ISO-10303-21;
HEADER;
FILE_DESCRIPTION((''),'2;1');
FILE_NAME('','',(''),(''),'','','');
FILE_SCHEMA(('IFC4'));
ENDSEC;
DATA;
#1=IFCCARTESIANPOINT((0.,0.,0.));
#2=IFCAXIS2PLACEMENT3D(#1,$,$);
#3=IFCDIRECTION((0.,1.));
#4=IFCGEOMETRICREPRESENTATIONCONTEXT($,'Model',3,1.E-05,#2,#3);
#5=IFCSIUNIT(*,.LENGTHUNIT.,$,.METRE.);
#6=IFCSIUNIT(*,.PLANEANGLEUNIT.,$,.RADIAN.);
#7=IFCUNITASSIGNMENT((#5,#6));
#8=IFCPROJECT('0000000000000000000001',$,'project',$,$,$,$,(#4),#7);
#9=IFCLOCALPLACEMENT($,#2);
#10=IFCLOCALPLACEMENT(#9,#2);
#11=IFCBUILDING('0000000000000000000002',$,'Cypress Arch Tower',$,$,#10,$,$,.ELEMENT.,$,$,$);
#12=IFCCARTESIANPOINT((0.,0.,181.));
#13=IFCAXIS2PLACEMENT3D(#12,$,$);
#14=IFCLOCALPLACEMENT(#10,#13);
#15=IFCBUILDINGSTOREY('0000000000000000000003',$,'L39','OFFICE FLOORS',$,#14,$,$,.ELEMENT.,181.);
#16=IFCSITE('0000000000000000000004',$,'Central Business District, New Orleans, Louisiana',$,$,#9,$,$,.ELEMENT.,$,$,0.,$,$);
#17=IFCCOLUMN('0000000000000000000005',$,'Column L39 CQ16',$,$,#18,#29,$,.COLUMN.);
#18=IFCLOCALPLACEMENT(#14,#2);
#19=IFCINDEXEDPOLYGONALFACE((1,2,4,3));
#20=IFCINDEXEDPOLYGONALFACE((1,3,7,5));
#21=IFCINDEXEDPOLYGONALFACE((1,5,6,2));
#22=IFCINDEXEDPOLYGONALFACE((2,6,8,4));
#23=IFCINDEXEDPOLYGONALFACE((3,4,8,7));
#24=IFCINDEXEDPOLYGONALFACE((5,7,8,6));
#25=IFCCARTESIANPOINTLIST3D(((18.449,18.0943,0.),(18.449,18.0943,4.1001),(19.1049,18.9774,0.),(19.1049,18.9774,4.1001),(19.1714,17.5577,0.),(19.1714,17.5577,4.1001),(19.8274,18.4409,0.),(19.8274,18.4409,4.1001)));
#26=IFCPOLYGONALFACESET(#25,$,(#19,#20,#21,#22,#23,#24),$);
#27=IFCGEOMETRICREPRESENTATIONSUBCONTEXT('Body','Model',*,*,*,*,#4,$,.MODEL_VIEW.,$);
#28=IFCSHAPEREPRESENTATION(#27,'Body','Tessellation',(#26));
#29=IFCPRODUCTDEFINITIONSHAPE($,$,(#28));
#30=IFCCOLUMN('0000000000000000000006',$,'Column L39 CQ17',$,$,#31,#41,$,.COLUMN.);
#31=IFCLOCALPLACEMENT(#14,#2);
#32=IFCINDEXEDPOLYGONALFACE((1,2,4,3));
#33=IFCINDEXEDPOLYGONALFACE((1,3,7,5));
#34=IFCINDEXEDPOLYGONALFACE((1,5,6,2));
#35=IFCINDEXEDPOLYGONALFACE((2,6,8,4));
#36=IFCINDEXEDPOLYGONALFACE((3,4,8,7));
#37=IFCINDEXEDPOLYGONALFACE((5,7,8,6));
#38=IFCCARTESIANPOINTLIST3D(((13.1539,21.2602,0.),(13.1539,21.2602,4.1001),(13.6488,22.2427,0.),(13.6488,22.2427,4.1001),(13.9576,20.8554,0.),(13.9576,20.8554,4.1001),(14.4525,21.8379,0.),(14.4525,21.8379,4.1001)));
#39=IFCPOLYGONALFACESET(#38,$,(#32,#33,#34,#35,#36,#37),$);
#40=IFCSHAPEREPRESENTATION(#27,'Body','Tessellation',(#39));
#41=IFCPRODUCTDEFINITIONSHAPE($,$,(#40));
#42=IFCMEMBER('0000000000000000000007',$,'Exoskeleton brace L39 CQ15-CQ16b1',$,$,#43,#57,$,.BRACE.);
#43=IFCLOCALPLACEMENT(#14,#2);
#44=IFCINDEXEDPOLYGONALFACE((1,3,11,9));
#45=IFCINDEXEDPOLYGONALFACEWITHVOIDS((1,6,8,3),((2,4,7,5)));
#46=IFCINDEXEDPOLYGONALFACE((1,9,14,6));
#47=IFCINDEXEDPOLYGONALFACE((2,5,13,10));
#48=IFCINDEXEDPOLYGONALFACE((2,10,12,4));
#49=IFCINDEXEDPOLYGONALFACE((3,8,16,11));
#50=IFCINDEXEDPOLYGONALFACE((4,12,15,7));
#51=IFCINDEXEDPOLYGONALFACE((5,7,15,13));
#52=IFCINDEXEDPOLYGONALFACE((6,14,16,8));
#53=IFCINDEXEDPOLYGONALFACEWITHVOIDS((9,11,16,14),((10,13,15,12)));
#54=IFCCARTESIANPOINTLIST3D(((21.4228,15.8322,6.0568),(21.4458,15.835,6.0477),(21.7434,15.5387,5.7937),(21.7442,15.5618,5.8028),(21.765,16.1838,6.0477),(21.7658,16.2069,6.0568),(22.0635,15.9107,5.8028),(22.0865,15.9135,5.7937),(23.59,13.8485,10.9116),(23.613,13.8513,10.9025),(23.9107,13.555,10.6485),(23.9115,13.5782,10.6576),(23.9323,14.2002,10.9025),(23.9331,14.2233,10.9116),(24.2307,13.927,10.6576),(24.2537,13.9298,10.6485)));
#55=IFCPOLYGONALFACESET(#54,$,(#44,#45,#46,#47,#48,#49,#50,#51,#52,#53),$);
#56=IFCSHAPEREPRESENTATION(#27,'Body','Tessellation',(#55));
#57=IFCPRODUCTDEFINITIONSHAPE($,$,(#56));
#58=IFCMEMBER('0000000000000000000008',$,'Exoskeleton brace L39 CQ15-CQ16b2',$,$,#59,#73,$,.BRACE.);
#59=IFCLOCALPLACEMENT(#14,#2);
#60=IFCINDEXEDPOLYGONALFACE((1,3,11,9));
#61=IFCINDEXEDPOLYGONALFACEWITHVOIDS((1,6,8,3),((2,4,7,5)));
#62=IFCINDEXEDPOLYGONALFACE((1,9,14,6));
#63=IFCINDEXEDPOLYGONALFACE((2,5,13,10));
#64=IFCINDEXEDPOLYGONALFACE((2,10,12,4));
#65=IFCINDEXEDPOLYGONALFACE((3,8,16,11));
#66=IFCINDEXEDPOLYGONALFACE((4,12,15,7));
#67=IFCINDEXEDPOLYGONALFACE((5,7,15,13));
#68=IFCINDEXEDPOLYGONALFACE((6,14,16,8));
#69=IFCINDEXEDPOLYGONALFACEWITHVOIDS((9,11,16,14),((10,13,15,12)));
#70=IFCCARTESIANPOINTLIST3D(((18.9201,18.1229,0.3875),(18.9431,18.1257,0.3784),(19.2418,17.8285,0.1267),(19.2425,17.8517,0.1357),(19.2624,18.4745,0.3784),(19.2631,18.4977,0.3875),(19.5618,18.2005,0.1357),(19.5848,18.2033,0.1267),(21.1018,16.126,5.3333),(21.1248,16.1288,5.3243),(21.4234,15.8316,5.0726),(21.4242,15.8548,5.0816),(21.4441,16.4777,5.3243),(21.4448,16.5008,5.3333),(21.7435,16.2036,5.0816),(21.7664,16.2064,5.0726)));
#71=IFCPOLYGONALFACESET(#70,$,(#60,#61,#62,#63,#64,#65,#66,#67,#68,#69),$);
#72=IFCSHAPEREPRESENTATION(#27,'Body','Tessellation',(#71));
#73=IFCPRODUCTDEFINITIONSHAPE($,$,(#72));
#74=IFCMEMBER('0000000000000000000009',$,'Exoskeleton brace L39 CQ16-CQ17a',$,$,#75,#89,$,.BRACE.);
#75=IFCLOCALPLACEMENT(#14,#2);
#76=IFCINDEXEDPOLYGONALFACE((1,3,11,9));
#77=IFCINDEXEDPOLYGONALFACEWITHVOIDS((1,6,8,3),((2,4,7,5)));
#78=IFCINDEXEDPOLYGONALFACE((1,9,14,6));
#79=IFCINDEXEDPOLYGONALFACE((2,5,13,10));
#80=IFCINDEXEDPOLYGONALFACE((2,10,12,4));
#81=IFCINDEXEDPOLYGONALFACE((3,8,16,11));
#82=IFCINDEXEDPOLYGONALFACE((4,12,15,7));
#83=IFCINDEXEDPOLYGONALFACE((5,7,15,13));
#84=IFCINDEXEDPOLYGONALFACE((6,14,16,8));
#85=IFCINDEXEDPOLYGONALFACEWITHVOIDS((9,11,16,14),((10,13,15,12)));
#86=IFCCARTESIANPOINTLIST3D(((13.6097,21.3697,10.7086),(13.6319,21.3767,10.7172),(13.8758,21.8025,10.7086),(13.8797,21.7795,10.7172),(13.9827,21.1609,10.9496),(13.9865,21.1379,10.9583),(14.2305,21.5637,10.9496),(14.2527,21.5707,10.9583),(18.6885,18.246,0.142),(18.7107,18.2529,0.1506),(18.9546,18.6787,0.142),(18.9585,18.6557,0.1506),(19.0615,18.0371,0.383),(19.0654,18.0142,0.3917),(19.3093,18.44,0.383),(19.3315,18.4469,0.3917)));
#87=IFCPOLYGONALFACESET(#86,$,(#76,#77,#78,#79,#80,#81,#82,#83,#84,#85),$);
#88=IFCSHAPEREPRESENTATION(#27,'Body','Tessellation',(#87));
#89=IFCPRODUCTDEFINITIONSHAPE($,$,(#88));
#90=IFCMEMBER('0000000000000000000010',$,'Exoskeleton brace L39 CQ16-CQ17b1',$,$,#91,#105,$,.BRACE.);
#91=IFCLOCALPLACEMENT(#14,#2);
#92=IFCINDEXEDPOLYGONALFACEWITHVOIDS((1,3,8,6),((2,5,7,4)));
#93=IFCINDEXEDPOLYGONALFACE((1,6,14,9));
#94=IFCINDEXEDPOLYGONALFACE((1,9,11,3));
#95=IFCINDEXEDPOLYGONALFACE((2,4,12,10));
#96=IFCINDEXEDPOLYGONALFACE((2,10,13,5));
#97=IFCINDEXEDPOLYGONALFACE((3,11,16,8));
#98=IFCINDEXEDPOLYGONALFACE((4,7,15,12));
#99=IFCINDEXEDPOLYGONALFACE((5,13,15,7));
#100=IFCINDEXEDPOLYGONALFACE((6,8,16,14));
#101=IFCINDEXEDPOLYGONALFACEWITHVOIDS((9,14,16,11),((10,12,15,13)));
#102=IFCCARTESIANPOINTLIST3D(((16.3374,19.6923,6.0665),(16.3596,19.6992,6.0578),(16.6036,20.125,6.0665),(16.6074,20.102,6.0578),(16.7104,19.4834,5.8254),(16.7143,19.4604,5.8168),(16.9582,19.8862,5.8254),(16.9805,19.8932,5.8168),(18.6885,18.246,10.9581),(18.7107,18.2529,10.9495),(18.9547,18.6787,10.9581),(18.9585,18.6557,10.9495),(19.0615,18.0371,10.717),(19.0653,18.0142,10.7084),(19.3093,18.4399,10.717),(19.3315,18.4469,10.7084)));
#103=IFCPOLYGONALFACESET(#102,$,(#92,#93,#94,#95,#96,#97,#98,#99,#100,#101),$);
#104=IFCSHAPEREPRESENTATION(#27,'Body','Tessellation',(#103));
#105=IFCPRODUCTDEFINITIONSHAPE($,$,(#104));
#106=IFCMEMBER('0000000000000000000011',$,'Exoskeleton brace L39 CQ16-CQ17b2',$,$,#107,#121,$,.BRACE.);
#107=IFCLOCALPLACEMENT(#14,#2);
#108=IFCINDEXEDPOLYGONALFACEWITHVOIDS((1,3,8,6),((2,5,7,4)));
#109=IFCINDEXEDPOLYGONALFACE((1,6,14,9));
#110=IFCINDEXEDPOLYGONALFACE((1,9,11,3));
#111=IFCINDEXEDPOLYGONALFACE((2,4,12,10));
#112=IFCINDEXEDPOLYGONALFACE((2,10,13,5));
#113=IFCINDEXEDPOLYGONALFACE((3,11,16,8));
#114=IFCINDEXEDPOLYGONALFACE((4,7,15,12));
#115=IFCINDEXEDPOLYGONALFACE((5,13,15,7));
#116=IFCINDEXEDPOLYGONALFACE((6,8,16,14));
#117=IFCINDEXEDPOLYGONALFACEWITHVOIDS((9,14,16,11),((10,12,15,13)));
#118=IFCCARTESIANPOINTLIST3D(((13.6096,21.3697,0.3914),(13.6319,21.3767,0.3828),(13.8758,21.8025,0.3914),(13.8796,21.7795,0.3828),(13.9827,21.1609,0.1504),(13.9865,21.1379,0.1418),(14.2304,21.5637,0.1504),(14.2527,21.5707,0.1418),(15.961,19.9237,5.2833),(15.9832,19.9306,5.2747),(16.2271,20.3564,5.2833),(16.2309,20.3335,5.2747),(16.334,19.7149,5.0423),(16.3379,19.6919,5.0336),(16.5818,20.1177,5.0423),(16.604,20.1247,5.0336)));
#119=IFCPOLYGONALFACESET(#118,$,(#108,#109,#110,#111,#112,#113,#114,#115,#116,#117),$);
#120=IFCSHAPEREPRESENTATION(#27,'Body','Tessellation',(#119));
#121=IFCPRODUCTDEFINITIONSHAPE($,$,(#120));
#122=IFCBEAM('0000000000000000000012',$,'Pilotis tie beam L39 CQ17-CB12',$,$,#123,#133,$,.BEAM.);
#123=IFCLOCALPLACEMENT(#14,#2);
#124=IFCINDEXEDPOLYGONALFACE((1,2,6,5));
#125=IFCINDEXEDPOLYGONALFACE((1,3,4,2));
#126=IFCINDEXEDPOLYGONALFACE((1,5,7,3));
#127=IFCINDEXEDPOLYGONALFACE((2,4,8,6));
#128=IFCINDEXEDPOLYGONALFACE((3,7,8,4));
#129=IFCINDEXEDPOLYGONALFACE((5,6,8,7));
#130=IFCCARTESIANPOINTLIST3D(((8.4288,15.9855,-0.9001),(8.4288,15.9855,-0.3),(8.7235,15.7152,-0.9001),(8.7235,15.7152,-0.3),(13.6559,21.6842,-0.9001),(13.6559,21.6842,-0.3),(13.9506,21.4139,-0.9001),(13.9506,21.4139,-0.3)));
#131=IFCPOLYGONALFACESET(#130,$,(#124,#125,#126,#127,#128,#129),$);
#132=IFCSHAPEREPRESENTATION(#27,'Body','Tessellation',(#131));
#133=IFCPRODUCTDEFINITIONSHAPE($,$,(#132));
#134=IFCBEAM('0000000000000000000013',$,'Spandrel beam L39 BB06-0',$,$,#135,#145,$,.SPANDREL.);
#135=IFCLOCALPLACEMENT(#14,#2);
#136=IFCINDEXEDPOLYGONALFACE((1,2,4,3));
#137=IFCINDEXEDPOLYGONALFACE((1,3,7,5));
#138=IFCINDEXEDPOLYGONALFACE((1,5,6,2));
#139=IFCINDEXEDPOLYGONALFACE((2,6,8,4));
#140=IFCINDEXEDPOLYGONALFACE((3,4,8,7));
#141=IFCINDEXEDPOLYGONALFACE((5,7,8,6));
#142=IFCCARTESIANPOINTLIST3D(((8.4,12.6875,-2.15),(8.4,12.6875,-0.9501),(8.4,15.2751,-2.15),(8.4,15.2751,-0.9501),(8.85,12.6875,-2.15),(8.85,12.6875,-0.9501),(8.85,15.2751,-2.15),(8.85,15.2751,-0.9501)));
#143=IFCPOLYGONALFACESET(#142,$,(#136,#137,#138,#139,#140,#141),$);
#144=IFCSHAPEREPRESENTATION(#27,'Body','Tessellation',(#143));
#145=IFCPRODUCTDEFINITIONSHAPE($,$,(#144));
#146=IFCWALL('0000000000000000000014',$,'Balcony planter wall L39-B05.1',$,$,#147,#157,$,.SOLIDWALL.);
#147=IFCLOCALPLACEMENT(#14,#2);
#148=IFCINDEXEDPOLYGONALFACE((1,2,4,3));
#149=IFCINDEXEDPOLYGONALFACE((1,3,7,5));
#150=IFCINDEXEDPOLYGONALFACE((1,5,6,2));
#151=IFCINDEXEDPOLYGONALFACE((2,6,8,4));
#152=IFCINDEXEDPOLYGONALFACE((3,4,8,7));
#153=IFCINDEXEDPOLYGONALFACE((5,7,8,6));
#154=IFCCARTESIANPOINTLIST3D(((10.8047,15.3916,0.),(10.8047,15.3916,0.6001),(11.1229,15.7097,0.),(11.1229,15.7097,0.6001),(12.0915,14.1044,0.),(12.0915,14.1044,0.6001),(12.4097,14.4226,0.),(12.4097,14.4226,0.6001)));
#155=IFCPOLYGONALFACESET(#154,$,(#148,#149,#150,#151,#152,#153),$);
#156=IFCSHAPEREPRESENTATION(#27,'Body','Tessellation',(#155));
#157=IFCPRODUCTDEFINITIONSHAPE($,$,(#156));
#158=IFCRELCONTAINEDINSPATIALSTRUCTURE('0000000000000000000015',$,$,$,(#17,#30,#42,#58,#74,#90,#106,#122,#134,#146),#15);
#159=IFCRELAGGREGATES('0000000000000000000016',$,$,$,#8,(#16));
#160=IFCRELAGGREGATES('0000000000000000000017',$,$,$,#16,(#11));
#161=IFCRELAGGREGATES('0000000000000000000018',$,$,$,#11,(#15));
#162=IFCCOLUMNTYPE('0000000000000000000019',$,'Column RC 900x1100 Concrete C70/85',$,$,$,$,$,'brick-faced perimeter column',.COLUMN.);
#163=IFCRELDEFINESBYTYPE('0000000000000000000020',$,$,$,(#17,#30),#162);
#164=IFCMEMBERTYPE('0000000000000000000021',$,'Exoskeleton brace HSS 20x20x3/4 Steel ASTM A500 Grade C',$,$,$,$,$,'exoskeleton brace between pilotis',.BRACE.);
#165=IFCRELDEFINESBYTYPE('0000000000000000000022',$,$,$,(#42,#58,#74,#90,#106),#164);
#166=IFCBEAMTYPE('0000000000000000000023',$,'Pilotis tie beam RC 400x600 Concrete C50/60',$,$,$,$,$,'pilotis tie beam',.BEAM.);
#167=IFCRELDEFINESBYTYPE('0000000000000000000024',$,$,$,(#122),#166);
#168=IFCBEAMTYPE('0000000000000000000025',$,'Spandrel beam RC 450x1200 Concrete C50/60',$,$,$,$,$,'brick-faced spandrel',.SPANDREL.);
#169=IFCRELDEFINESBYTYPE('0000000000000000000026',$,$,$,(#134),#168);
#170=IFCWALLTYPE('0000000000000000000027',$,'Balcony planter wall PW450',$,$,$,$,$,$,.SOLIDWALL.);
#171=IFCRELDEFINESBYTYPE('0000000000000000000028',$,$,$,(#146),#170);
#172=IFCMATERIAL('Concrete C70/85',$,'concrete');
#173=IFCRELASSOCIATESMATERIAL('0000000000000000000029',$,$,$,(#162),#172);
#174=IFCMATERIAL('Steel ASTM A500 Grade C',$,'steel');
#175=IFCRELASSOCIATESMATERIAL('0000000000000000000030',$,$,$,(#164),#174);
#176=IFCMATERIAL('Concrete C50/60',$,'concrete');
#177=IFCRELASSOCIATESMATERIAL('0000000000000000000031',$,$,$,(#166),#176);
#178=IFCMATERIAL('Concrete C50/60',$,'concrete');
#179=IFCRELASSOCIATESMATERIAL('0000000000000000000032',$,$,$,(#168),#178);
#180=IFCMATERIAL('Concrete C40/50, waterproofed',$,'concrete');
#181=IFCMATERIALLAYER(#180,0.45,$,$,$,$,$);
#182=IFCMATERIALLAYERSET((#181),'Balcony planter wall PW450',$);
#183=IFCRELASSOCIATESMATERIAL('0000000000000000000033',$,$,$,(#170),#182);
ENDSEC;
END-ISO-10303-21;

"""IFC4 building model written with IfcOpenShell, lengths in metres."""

from ifc_helpers import new_model, si_unit, direction, frame, frame_2d, origin, origin_2d, place, context, subcontext, project, spatial, rectangle, hollow_rectangle, extrude, material, layer, layer_set, material_profile, profile_set, type_object, element, save


model = new_model("IFC4")

# Units and contexts
model_context = context("Model", 3, precision=1e-05, world=origin(), true_north=direction((0.0, 1.0)))
body_context = subcontext(model_context, "Body", "Model", "MODEL_VIEW")
ifc_project = project(units=[si_unit("LENGTHUNIT", "METRE"), si_unit("PLANEANGLEUNIT", "RADIAN")], contexts=[model_context])

# Site, building, storey
site_placement = place(None, origin())
site = spatial("IfcSite", under=ifc_project, at=site_placement, Name="Central Business District, New Orleans, Louisiana", CompositionType="ELEMENT", RefElevation=0.0)
building_placement = place(site_placement, origin())
building = spatial("IfcBuilding", under=site, at=building_placement, Name="Cypress Arch Tower", CompositionType="ELEMENT")
storey_placement = place(building_placement, frame((0.0, 0.0, 181.0)))
storey = spatial("IfcBuildingStorey", under=building, at=storey_placement, Name="L39", Description="OFFICE FLOORS", CompositionType="ELEMENT", Elevation=181.0)

# Columns
ifc_material_1 = material(Name="Concrete C70/85", Category="concrete")
ifc_material_profile_1 = material_profile(ifc_material_1, rectangle(XDim=0.8999, YDim=1.1001, at=origin_2d()), Name="RC 900x1100")
ifc_profile_set_1 = profile_set([ifc_material_profile_1], Name="Concrete C70/85")
column_type = type_object("IfcColumnType", Name="Column RC 900x1100 Concrete C70/85", ElementType="brick-faced perimeter column", PredefinedType="COLUMN", material=ifc_profile_set_1)
for number, where, z_axis, x_axis, name in (
    (1, (19.1382, 18.2676, 0.0), (0.0, 0.0, 1.0), (-0.802799, 0.59625, 0.0), "Column L39 CQ16"),
    (2, (13.8032, 21.5491, 0.0), (0.0, 0.0, 1.0), (-0.893106, 0.449845, 0.0), "Column L39 CQ17"),
):
    element("IfcColumn", number, at=place(storey_placement, frame(where, z_axis=z_axis, x_axis=x_axis)), inside=storey, type_object=column_type, Name=name, PredefinedType="COLUMN", context=body_context, shape_type="SweptSolid", body=[
        extrude(rectangle(XDim=0.8999, YDim=1.1001, at=origin_2d()), origin(), (0.0, 0.0, 1.0), 4.1001),
    ])

# Members
ifc_material_2 = material(Name="Steel ASTM A500 Grade C", Category="steel")
ifc_material_profile_2 = material_profile(ifc_material_2, hollow_rectangle(XDim=0.5081, YDim=0.5081, WallThickness=0.0176, at=origin_2d()), Name="HSS 20x20x3/4")
ifc_profile_set_2 = profile_set([ifc_material_profile_2], Name="Steel ASTM A500 Grade C")
member_type = type_object("IfcMemberType", Name="Exoskeleton brace HSS 20x20x3/4 Steel ASTM A500 Grade C", ElementType="exoskeleton brace between pilotis", PredefinedType="BRACE", material=ifc_profile_set_2)
member_1_placement = place(storey_placement, frame((23.9219, 13.8892, 10.78), z_axis=(-0.381924, 0.34957, -0.855532), x_axis=(-0.675171, -0.737661, 0.0)))
element("IfcMember", 3, at=member_1_placement, inside=storey, type_object=member_type, Name="Exoskeleton brace L39 CQ15-CQ16b1", PredefinedType="BRACE", context=body_context, shape_type="SweptSolid", body=[
    extrude(hollow_rectangle(XDim=0.5081, YDim=0.5081, WallThickness=0.0176, at=origin_2d()), origin(), (0.0, 0.0, 1.0), 5.6746),
])
member_2_placement = place(storey_placement, frame((19.2524, 18.1631, 0.2571), z_axis=(0.378585, -0.346513, 0.858255), x_axis=(0.675171, 0.737661, 0.0)))
element("IfcMember", 4, at=member_2_placement, inside=storey, type_object=member_type, Name="Exoskeleton brace L39 CQ15-CQ16b2", PredefinedType="BRACE", context=body_context, shape_type="SweptSolid", body=[
    extrude(hollow_rectangle(XDim=0.5081, YDim=0.5081, WallThickness=0.0176, at=origin_2d()), origin(), (0.0, 0.0, 1.0), 5.7627),
])
member_3_placement = place(storey_placement, frame((19.01, 18.3464, 0.2668), z_axis=(-0.418603, 0.257464, 0.87091), x_axis=(-0.523894, -0.851783, 0.0)))
element("IfcMember", 5, at=member_3_placement, inside=storey, type_object=member_type, Name="Exoskeleton brace L39 CQ16-CQ17a", PredefinedType="BRACE", context=body_context, shape_type="SweptSolid", body=[
    extrude(hollow_rectangle(XDim=0.5081, YDim=0.5081, WallThickness=0.0176, at=origin_2d()), origin(), (0.0, 0.0, 1.0), 12.1328),
])
member_4_placement = place(storey_placement, frame((19.01, 18.3464, 10.8333), z_axis=(-0.418588, 0.257499, -0.870907), x_axis=(-0.523959, -0.851743, 0.0)))
element("IfcMember", 6, at=member_4_placement, inside=storey, type_object=member_type, Name="Exoskeleton brace L39 CQ16-CQ17b1", PredefinedType="BRACE", context=body_context, shape_type="SweptSolid", body=[
    extrude(hollow_rectangle(XDim=0.5081, YDim=0.5081, WallThickness=0.0176, at=origin_2d()), origin(), (0.0, 0.0, 1.0), 5.6167),
])
member_5_placement = place(storey_placement, frame((13.9312, 21.4702, 0.2666), z_axis=(0.418613, -0.257444, 0.870911), x_axis=(0.523856, 0.851807, 0.0)))
element("IfcMember", 7, at=member_5_placement, inside=storey, type_object=member_type, Name="Exoskeleton brace L39 CQ16-CQ17b2", PredefinedType="BRACE", context=body_context, shape_type="SweptSolid", body=[
    extrude(hollow_rectangle(XDim=0.5081, YDim=0.5081, WallThickness=0.0176, at=origin_2d()), origin(), (0.0, 0.0, 1.0), 5.6169),
])

# Beams
ifc_material_3 = material(Name="Concrete C50/60", Category="concrete")
ifc_material_profile_3 = material_profile(ifc_material_3, rectangle(XDim=0.3999, YDim=0.6001, at=origin_2d()), Name="RC 400x600")
ifc_profile_set_3 = profile_set([ifc_material_profile_3], Name="Concrete C50/60")
beam_type_1 = type_object("IfcBeamType", Name="Pilotis tie beam RC 400x600 Concrete C50/60", ElementType="pilotis tie beam", PredefinedType="BEAM", material=ifc_profile_set_3)
beam_1_placement = place(storey_placement, frame((13.8032, 21.5491, -0.6001), z_axis=(-0.67595, -0.736947, 0.0), x_axis=(0.736947, -0.67595, 0.0)))
element("IfcBeam", 8, at=beam_1_placement, inside=storey, type_object=beam_type_1, Name="Pilotis tie beam L39 CQ17-CB12", PredefinedType="BEAM", context=body_context, shape_type="SweptSolid", body=[
    extrude(rectangle(XDim=0.3999, YDim=0.6001, at=origin_2d()), origin(), (0.0, 0.0, 1.0), 7.7329),
])
ifc_material_4 = material(Name="Concrete C50/60", Category="concrete")
ifc_material_profile_4 = material_profile(ifc_material_4, rectangle(XDim=0.45, YDim=1.2, at=origin_2d()), Name="RC 450x1200")
ifc_profile_set_4 = profile_set([ifc_material_profile_4], Name="Concrete C50/60")
beam_type_2 = type_object("IfcBeamType", Name="Spandrel beam RC 450x1200 Concrete C50/60", ElementType="brick-faced spandrel", PredefinedType="SPANDREL", material=ifc_profile_set_4)
beam_2_placement = place(storey_placement, frame((8.625, 15.2751, -1.55), z_axis=(0.0, -1.0, 0.0), x_axis=(1.0, 0.0, 0.0)))
element("IfcBeam", 9, at=beam_2_placement, inside=storey, type_object=beam_type_2, Name="Spandrel beam L39 BB06-0", PredefinedType="SPANDREL", context=body_context, shape_type="SweptSolid", body=[
    extrude(rectangle(XDim=0.45, YDim=1.2, at=origin_2d()), origin(), (0.0, 0.0, 1.0), 2.5876),
])

# Wall
ifc_material_5 = material(Name="Concrete C40/50, waterproofed", Category="concrete")
ifc_layer = layer(ifc_material_5, 0.45)
ifc_layer_set = layer_set([ifc_layer], Name="Balcony planter wall PW450")
wall_type = type_object("IfcWallType", Name="Balcony planter wall PW450", PredefinedType="SOLIDWALL", material=ifc_layer_set)
wall_placement = place(storey_placement, frame((12.2507, 14.2634, 0.0), z_axis=(0.0, 0.0, 1.0), x_axis=(-0.70704, 0.707174, 0.0)))
element("IfcWall", 10, at=wall_placement, inside=storey, type_object=wall_type, Name="Balcony planter wall L39-B05.1", PredefinedType="SOLIDWALL", context=body_context, shape_type="SweptSolid", body=[
    extrude(rectangle(XDim=1.8201, YDim=0.45, at=frame_2d((0.9102, 0.0))), origin(), (0.0, 0.0, 1.0), 0.6001),
])

save(model, "model.ifc")
